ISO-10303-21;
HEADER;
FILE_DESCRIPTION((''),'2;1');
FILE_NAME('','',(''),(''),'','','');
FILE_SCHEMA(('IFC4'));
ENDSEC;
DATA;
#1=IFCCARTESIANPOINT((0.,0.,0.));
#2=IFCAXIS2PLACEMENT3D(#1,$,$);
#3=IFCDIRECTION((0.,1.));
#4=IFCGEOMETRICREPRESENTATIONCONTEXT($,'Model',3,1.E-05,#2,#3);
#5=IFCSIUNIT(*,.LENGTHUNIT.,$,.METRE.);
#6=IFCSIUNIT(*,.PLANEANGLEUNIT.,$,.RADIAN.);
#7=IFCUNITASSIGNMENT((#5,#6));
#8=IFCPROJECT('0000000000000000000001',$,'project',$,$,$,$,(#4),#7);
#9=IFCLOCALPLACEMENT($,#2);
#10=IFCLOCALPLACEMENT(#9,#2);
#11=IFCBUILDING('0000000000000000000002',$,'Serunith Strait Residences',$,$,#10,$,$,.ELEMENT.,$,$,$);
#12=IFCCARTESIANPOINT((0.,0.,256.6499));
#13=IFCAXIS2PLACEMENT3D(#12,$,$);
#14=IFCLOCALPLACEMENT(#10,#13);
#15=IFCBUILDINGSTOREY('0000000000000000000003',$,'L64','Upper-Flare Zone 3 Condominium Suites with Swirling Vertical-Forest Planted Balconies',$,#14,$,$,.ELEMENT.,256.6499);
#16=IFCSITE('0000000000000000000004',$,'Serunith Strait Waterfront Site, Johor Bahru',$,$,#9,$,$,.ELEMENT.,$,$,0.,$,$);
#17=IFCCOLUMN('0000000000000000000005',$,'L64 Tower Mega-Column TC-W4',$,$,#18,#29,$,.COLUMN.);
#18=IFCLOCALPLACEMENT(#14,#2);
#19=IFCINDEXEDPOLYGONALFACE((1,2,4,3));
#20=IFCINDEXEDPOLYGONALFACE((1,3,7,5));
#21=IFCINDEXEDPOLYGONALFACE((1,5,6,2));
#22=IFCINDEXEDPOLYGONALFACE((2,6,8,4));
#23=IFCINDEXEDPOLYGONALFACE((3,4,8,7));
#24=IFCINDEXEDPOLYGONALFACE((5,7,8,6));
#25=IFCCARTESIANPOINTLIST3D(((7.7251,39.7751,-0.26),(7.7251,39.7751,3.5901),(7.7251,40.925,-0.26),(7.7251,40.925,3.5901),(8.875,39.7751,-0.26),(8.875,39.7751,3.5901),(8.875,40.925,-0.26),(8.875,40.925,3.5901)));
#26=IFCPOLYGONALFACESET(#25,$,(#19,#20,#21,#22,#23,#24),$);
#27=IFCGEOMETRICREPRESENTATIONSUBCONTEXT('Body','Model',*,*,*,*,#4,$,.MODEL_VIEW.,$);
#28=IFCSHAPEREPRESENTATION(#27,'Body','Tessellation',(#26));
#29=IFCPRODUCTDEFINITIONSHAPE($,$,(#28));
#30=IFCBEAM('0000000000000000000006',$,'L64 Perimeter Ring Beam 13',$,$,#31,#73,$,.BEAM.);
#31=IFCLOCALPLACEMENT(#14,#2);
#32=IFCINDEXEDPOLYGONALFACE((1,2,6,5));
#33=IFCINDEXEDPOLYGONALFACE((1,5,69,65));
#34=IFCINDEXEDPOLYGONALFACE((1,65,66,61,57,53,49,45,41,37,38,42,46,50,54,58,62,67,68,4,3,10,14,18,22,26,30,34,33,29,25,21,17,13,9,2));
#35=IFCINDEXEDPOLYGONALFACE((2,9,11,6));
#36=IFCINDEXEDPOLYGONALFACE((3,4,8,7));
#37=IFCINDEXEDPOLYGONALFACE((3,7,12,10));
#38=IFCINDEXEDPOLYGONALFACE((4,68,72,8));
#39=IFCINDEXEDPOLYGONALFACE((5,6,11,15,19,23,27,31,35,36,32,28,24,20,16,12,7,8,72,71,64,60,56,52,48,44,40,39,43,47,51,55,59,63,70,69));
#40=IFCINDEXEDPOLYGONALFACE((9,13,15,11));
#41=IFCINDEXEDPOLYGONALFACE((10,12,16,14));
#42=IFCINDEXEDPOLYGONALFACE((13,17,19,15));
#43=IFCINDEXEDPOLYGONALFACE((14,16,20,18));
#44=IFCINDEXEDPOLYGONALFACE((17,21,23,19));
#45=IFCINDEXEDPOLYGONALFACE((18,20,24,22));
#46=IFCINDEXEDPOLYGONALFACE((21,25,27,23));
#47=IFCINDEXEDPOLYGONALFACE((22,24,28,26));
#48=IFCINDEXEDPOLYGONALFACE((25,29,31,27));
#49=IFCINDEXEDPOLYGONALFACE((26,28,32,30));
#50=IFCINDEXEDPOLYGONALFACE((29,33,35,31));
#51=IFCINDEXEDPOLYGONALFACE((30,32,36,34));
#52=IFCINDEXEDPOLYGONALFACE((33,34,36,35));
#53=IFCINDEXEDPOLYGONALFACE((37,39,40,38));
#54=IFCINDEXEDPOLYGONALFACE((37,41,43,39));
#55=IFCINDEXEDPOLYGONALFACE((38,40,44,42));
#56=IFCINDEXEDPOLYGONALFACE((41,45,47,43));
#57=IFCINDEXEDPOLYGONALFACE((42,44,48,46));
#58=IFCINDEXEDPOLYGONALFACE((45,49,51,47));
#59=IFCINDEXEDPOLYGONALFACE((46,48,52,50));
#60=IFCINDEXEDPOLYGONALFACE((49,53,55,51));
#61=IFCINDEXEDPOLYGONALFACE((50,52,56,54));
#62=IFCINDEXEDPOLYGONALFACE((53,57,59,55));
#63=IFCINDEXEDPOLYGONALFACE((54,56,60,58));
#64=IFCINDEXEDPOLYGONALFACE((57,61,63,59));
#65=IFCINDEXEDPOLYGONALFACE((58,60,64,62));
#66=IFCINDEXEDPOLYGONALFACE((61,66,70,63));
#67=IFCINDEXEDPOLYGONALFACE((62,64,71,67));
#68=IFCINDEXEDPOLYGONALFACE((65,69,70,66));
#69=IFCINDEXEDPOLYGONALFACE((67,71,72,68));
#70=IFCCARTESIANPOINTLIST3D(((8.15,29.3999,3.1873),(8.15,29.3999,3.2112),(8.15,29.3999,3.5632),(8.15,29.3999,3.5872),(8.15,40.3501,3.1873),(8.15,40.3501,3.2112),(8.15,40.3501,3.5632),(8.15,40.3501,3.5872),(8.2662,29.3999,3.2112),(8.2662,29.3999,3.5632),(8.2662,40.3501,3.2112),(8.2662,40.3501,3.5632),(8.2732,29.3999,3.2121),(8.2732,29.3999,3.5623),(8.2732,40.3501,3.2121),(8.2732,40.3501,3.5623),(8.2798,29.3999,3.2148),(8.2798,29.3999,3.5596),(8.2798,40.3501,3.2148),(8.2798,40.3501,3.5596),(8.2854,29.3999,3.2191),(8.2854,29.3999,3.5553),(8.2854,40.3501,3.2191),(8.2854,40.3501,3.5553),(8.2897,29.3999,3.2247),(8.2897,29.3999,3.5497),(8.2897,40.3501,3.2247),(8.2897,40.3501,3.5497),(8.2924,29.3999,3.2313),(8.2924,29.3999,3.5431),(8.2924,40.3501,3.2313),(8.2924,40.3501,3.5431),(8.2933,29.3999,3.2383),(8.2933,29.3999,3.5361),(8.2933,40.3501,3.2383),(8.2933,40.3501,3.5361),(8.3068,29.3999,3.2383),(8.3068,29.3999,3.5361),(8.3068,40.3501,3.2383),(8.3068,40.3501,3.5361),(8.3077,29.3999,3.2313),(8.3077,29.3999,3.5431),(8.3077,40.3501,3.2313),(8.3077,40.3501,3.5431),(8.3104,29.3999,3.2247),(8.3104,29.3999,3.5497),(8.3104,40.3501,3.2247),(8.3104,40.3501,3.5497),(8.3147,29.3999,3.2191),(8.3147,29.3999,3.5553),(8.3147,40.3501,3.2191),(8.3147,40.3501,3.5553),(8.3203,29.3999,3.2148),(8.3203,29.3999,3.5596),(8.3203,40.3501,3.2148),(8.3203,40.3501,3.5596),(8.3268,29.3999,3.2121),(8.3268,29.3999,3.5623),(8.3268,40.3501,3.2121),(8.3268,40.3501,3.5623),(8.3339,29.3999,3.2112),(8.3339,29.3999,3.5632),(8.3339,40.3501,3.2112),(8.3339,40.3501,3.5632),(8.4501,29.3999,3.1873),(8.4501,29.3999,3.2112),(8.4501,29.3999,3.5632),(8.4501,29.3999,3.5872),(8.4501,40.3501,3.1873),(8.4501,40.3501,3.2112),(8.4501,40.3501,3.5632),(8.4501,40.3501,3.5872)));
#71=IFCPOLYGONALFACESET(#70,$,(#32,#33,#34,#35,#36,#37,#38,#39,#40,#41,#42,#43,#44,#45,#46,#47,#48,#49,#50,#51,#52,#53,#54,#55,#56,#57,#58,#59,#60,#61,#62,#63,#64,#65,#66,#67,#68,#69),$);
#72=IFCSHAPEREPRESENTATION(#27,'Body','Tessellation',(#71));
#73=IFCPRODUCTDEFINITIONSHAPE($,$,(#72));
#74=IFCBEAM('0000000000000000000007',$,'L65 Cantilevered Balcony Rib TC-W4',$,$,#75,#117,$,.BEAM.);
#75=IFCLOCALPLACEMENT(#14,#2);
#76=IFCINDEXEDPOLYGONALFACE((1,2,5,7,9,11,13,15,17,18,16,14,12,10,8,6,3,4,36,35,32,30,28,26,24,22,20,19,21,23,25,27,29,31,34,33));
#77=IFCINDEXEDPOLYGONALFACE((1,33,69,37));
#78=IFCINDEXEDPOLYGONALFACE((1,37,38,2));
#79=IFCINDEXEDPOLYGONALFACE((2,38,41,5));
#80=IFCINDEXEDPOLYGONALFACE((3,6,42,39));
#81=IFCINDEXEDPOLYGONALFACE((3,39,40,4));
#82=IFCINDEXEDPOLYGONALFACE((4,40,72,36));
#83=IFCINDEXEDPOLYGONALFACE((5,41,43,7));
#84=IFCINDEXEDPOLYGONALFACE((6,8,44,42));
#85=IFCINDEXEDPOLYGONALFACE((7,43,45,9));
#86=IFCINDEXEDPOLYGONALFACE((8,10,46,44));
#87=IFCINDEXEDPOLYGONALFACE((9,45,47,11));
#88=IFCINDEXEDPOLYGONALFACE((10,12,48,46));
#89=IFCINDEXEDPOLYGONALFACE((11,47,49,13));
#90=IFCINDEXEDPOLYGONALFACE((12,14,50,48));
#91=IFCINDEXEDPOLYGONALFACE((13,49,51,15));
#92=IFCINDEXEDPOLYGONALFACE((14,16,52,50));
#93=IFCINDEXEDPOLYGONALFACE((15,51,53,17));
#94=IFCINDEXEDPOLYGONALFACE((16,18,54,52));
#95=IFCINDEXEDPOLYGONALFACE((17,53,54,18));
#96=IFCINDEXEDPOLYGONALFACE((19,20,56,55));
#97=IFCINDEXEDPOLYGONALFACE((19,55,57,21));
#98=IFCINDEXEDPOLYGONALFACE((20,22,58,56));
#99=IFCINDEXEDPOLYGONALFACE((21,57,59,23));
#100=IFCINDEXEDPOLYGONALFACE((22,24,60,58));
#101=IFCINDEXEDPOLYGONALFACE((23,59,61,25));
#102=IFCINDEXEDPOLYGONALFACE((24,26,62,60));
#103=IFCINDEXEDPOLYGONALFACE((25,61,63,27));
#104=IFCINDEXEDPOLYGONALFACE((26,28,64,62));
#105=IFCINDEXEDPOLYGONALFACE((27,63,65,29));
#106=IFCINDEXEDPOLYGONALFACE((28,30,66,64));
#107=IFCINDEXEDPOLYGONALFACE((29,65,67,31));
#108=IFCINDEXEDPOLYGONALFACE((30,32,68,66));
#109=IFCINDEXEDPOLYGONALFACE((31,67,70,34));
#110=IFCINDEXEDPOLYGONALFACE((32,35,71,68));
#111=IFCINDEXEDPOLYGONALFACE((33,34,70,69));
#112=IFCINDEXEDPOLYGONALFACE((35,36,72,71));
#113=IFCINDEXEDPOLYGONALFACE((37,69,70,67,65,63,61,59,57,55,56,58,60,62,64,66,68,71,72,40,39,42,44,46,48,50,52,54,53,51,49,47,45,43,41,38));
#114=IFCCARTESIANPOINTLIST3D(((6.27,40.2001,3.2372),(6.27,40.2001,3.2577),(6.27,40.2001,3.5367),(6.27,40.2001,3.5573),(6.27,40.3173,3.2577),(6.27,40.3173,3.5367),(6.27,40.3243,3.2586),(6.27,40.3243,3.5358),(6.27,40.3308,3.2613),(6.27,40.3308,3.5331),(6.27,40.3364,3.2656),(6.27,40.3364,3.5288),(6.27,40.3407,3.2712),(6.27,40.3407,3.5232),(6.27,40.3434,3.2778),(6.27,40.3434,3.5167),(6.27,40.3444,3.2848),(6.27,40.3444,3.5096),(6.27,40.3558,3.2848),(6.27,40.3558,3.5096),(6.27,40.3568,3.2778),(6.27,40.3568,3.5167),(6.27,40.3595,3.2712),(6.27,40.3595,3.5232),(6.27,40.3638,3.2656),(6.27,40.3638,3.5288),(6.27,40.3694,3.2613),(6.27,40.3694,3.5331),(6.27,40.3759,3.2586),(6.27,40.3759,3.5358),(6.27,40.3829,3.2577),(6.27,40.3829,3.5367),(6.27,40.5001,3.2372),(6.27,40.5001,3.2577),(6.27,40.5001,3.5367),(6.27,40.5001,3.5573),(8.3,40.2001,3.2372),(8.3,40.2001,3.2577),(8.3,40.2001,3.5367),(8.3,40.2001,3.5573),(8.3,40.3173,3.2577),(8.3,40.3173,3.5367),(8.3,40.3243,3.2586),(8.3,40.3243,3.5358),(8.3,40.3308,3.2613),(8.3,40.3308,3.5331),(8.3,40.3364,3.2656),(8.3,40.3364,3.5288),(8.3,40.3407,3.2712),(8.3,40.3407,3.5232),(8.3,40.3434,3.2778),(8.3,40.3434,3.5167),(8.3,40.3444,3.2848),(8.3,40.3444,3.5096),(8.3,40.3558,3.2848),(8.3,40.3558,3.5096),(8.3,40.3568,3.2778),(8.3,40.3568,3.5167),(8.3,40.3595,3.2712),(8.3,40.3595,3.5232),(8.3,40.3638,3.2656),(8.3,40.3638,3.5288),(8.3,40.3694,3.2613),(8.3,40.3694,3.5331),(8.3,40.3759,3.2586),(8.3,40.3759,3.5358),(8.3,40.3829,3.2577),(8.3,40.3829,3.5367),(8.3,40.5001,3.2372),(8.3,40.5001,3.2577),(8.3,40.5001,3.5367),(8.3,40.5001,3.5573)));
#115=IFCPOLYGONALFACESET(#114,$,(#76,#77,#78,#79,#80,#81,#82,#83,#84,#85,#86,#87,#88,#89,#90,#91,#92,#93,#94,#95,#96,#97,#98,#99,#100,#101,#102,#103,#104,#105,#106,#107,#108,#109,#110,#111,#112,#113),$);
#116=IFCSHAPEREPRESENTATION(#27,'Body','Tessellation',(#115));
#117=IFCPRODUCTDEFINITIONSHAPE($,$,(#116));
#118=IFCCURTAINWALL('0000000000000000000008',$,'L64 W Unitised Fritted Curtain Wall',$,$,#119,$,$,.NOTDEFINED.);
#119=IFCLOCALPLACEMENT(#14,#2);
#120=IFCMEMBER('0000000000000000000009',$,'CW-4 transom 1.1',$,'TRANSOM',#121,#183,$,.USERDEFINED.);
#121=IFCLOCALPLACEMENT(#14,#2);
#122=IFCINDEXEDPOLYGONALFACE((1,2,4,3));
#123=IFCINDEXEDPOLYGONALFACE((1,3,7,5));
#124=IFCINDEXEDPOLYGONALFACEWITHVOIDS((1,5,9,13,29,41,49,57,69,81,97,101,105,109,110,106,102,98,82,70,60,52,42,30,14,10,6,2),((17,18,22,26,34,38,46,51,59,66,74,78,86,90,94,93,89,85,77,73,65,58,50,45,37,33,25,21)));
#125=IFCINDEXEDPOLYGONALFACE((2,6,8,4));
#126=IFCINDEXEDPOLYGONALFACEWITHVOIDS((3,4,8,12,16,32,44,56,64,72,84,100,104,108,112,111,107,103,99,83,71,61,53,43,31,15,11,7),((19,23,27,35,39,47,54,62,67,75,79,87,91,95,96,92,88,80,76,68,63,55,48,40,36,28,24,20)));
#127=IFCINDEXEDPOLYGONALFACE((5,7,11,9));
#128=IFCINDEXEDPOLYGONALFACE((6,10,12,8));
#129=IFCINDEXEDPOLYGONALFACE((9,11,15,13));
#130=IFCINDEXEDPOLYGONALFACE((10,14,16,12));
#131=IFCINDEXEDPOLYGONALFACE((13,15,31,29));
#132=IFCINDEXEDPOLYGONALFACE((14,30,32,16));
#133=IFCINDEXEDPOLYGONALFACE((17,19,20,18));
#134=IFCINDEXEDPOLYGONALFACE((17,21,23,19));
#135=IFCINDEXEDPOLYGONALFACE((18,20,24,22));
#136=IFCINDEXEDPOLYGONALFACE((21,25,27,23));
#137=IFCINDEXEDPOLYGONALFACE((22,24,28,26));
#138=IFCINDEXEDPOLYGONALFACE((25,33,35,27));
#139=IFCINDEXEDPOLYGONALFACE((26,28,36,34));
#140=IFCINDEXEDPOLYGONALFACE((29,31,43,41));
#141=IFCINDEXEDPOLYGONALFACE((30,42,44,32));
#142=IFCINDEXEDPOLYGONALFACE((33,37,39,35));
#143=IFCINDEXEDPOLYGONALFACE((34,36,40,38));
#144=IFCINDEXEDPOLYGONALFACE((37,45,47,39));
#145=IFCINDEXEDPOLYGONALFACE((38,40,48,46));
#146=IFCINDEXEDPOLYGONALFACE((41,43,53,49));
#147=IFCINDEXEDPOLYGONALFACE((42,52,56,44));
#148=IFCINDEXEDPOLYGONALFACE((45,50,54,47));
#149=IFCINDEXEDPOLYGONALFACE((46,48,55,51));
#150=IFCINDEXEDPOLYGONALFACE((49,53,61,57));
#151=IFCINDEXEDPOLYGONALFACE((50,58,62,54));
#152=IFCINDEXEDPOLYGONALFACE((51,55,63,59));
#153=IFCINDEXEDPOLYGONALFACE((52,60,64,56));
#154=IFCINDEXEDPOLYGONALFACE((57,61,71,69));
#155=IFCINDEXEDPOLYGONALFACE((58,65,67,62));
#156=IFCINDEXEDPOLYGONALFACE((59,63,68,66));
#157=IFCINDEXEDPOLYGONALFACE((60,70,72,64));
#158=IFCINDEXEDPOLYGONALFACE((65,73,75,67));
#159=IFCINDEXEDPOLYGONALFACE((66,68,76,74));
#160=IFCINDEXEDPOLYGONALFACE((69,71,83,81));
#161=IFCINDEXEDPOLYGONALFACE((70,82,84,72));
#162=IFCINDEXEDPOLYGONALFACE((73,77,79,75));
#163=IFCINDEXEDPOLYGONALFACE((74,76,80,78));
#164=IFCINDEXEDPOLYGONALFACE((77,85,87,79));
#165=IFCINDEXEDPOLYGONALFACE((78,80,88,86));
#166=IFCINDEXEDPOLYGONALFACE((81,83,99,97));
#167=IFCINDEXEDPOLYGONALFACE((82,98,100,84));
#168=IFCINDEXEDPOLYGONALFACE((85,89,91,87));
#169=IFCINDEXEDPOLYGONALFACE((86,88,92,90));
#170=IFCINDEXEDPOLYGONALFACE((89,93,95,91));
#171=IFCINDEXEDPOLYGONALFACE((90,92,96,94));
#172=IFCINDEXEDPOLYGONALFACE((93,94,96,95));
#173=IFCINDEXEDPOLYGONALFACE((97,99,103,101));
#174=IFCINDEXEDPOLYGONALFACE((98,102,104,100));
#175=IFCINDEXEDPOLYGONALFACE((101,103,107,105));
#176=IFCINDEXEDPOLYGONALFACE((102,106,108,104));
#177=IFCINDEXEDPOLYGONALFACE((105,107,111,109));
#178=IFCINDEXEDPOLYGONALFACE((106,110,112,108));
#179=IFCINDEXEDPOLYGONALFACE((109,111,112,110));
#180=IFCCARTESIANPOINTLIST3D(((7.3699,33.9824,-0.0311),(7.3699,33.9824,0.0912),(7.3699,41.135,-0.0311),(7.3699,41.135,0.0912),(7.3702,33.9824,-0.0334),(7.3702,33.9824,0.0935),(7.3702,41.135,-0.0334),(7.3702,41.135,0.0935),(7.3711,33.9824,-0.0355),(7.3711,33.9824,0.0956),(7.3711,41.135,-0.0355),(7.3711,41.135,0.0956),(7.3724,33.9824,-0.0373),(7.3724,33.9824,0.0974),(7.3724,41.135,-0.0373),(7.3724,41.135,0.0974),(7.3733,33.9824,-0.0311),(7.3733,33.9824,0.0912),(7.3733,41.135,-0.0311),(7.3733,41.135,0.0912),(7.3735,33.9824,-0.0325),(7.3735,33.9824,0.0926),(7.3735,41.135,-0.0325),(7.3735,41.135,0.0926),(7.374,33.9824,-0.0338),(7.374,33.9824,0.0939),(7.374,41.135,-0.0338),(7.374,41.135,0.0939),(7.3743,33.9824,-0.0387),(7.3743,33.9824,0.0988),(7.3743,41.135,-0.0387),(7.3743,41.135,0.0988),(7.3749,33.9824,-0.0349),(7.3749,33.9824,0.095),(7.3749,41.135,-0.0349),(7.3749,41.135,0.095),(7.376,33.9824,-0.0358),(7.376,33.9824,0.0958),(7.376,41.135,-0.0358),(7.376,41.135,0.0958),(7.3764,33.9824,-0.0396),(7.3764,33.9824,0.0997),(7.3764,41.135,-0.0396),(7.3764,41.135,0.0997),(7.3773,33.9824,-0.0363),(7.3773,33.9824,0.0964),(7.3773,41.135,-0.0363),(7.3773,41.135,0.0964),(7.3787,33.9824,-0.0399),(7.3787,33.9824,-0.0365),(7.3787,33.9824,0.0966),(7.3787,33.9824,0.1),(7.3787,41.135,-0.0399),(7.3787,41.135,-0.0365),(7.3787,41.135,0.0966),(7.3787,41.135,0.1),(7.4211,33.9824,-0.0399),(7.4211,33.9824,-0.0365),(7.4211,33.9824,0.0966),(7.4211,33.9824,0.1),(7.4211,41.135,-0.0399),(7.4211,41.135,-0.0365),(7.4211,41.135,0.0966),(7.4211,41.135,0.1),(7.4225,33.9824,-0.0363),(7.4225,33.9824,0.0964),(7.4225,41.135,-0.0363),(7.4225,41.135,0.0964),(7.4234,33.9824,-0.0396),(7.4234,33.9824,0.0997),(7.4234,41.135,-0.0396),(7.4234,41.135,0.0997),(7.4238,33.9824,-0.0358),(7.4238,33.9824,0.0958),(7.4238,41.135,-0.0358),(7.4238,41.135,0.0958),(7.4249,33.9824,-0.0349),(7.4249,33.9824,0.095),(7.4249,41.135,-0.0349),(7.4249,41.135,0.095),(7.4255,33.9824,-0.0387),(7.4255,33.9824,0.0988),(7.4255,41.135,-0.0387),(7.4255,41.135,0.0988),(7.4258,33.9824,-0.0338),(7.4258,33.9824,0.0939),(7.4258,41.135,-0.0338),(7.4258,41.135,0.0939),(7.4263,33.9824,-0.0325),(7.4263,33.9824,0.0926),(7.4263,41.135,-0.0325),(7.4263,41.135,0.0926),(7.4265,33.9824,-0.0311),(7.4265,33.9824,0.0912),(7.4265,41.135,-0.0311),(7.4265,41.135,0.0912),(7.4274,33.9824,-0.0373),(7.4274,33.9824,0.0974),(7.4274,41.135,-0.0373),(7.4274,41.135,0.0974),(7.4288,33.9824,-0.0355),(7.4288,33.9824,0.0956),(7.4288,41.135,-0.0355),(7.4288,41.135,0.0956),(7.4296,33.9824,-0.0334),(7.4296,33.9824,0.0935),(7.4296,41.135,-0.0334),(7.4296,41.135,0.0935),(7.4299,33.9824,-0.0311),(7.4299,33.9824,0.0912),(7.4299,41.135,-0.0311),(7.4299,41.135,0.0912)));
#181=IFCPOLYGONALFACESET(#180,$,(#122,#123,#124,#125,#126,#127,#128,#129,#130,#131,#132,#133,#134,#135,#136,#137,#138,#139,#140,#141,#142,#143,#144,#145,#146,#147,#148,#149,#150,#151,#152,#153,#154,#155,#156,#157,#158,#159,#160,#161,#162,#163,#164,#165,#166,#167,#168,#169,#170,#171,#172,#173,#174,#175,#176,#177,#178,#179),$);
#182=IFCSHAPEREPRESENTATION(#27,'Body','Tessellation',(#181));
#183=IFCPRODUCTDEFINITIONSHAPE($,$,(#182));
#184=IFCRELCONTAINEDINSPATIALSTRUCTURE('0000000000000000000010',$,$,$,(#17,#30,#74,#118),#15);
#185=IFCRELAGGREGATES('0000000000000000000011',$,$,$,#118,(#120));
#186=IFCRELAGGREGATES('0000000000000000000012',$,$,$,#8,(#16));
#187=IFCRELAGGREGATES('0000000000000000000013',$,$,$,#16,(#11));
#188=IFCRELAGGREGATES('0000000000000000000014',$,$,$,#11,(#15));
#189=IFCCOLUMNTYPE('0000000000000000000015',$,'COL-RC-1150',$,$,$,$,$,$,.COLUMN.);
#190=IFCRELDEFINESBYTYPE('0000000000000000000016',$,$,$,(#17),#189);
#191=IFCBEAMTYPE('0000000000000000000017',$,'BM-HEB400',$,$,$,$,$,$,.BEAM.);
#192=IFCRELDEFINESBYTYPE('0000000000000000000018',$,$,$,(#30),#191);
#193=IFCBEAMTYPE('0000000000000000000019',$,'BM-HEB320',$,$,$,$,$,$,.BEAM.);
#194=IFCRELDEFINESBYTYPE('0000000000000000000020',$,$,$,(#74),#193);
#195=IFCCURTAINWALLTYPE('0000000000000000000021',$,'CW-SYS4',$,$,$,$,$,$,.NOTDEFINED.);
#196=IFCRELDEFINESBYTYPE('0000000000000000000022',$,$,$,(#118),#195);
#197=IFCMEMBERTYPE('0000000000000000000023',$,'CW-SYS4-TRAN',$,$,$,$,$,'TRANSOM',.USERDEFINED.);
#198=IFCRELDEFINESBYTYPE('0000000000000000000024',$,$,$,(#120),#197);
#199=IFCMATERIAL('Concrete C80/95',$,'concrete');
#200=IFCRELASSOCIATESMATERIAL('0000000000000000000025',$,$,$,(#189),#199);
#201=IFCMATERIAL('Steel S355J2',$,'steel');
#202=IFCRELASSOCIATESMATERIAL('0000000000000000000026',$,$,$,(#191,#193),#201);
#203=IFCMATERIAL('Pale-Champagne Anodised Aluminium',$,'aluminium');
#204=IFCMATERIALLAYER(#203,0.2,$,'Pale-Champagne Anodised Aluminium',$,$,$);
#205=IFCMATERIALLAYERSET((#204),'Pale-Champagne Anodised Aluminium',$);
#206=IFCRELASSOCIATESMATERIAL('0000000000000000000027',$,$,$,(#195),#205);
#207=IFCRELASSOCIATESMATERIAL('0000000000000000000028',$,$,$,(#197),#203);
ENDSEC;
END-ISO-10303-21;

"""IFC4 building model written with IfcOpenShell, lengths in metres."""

from ifc_helpers import new_model, si_unit, direction, frame, origin, origin_2d, place, context, subcontext, project, spatial, rectangle, hollow_rectangle, i_section, extrude, source, transform, mapped, material, layer, layer_set, material_profile, profile_set, type_object, element, aggregate, save


model = new_model("IFC4")

# Units and contexts
model_context = context("Model", 3, precision=1e-05, world=origin(), true_north=direction((0.0, 1.0)))
body_context = subcontext(model_context, "Body", "Model", "MODEL_VIEW")
ifc_project = project(units=[si_unit("LENGTHUNIT", "METRE"), si_unit("PLANEANGLEUNIT", "RADIAN")], contexts=[model_context])

# Site, building, storey
site_placement = place(None, origin())
site = spatial("IfcSite", under=ifc_project, at=site_placement, Name="Serunith Strait Waterfront Site, Johor Bahru", CompositionType="ELEMENT", RefElevation=0.0)
building_placement = place(site_placement, origin())
building = spatial("IfcBuilding", under=site, at=building_placement, Name="Serunith Strait Residences", CompositionType="ELEMENT")
storey_placement = place(building_placement, frame((0.0, 0.0, 256.6499)))
storey = spatial("IfcBuildingStorey", under=building, at=storey_placement, Name="L64", Description="Upper-Flare Zone 3 Condominium Suites with Swirling Vertical-Forest Planted Balconies", CompositionType="ELEMENT", Elevation=256.6499)

# Column
ifc_material_1 = material(Name="Concrete C80/95", Category="concrete")
ifc_material_profile_1 = material_profile(ifc_material_1, rectangle(XDim=1.1499, YDim=1.1499, at=origin_2d()), Name="RC 1150x1150")
ifc_profile_set_1 = profile_set([ifc_material_profile_1], Name="Concrete C80/95")
column_type = type_object("IfcColumnType", Name="COL-RC-1150", PredefinedType="COLUMN", material=ifc_profile_set_1)
shared_shape_1 = source(origin(), body_context, "Body", "SweptSolid", [
    extrude(rectangle(XDim=1.1499, YDim=1.1499, at=origin_2d()), origin(), (0.0, 0.0, 1.0), 3.8501),
])
column_placement = place(storey_placement, frame((8.3, 40.3501, -0.26), z_axis=(0.0, 0.0, 1.0), x_axis=(1.0, 0.0, 0.0)))
element("IfcColumn", 1, at=column_placement, inside=storey, type_object=column_type, Name="L64 Tower Mega-Column TC-W4", PredefinedType="COLUMN", context=body_context, shape_type="MappedRepresentation", body=[
    mapped(shared_shape_1, transform((0.0, 0.0, 0.0), scale=1.0)),
])

# Beams
ifc_material_2 = material(Name="Steel S355J2", Category="steel")
ifc_material_profile_2 = material_profile(ifc_material_2, i_section(OverallWidth=0.3, OverallDepth=0.3999, WebThickness=0.0134, FlangeThickness=0.0239, FilletRadius=0.0271, at=origin_2d()), Name="HEB 400")
ifc_profile_set_2 = profile_set([ifc_material_profile_2], Name="Steel S355J2")
beam_type_1 = type_object("IfcBeamType", Name="BM-HEB400", PredefinedType="BEAM", material=ifc_profile_set_2)
shared_shape_2 = source(origin(), body_context, "Body", "SweptSolid", [
    extrude(i_section(OverallWidth=0.3, OverallDepth=0.3999, WebThickness=0.0134, FlangeThickness=0.0239, FilletRadius=0.0271, at=origin_2d()), origin(), (0.0, 0.0, 1.0), 10.9502),
])
beam_1_placement = place(storey_placement, frame((8.3, 40.3501, 3.3872), z_axis=(0.0, -1.0, 0.0), x_axis=(1.0, 0.0, 0.0)))
element("IfcBeam", 2, at=beam_1_placement, inside=storey, type_object=beam_type_1, Name="L64 Perimeter Ring Beam 13", PredefinedType="BEAM", context=body_context, shape_type="MappedRepresentation", body=[
    mapped(shared_shape_2, transform((0.0, 0.0, 0.0), scale=1.0)),
])
ifc_material_profile_3 = material_profile(ifc_material_2, i_section(OverallWidth=0.3, OverallDepth=0.3201, WebThickness=0.0115, FlangeThickness=0.0205, FilletRadius=0.0271, at=origin_2d()), Name="HEB 320")
ifc_profile_set_3 = profile_set([ifc_material_profile_3], Name="Steel S355J2")
beam_type_2 = type_object("IfcBeamType", Name="BM-HEB320", PredefinedType="BEAM", material=ifc_profile_set_3)
shared_shape_3 = source(origin(), body_context, "Body", "SweptSolid", [
    extrude(i_section(OverallWidth=0.3, OverallDepth=0.3201, WebThickness=0.0115, FlangeThickness=0.0205, FilletRadius=0.0271, at=origin_2d()), origin(), (0.0, 0.0, 1.0), 2.03),
])
beam_2_placement = place(storey_placement, frame((8.3, 40.3501, 3.3972), z_axis=(-1.0, 0.0, 0.0), x_axis=(0.0, -1.0, 0.0)))
element("IfcBeam", 3, at=beam_2_placement, inside=storey, type_object=beam_type_2, Name="L65 Cantilevered Balcony Rib TC-W4", PredefinedType="BEAM", context=body_context, shape_type="MappedRepresentation", body=[
    mapped(shared_shape_3, transform((0.0, 0.0, 0.0), scale=1.0)),
])

# Curtain wall, member
ifc_material_3 = material(Name="Pale-Champagne Anodised Aluminium", Category="aluminium")
ifc_layer_1 = layer(ifc_material_3, 0.2, Name="Pale-Champagne Anodised Aluminium")
ifc_layer_set_1 = layer_set([ifc_layer_1], Name="Pale-Champagne Anodised Aluminium")
curtain_wall_type = type_object("IfcCurtainWallType", Name="CW-SYS4", PredefinedType="NOTDEFINED", material=ifc_layer_set_1)
curtain_wall_placement = place(storey_placement, origin())
curtain_wall = element("IfcCurtainWall", 4, at=curtain_wall_placement, inside=storey, type_object=curtain_wall_type, Name="L64 W Unitised Fritted Curtain Wall", PredefinedType="NOTDEFINED")
ifc_material_profile_4 = material_profile(ifc_material_3, hollow_rectangle(XDim=0.0601, YDim=0.1399, WallThickness=0.0034, InnerFilletRadius=0.0054, OuterFilletRadius=0.0088, at=origin_2d()), Name="ALU 140x60x3.5")
ifc_profile_set_4 = profile_set([ifc_material_profile_4], Name="Pale-Champagne Anodised Aluminium")
member_type_1 = type_object("IfcMemberType", Name="CW-SYS4-TRAN", ElementType="TRANSOM", PredefinedType="USERDEFINED", material=ifc_profile_set_4)
shared_shape_4 = source(origin(), body_context, "Body", "SweptSolid", [
    extrude(hollow_rectangle(XDim=0.0601, YDim=0.1399, WallThickness=0.0034, InnerFilletRadius=0.0054, OuterFilletRadius=0.0088, at=origin_2d()), origin(), (0.0, 0.0, 1.0), 7.1526),
])
member_1_placement = place(storey_placement, frame((7.3999, 41.135, 0.03), z_axis=(0.0, -1.0, 0.0), x_axis=(1.0, 0.0, 0.0)))
member_1 = element("IfcMember", 5, at=member_1_placement, type_object=member_type_1, Name="CW-4 transom 1.1", ObjectType="TRANSOM", PredefinedType="USERDEFINED", context=body_context, shape_type="MappedRepresentation", body=[
    mapped(shared_shape_4, transform((0.0, 0.0, 0.0), scale=1.0)),
])
aggregate(curtain_wall, [member_1])

save(model, "model.ifc")
